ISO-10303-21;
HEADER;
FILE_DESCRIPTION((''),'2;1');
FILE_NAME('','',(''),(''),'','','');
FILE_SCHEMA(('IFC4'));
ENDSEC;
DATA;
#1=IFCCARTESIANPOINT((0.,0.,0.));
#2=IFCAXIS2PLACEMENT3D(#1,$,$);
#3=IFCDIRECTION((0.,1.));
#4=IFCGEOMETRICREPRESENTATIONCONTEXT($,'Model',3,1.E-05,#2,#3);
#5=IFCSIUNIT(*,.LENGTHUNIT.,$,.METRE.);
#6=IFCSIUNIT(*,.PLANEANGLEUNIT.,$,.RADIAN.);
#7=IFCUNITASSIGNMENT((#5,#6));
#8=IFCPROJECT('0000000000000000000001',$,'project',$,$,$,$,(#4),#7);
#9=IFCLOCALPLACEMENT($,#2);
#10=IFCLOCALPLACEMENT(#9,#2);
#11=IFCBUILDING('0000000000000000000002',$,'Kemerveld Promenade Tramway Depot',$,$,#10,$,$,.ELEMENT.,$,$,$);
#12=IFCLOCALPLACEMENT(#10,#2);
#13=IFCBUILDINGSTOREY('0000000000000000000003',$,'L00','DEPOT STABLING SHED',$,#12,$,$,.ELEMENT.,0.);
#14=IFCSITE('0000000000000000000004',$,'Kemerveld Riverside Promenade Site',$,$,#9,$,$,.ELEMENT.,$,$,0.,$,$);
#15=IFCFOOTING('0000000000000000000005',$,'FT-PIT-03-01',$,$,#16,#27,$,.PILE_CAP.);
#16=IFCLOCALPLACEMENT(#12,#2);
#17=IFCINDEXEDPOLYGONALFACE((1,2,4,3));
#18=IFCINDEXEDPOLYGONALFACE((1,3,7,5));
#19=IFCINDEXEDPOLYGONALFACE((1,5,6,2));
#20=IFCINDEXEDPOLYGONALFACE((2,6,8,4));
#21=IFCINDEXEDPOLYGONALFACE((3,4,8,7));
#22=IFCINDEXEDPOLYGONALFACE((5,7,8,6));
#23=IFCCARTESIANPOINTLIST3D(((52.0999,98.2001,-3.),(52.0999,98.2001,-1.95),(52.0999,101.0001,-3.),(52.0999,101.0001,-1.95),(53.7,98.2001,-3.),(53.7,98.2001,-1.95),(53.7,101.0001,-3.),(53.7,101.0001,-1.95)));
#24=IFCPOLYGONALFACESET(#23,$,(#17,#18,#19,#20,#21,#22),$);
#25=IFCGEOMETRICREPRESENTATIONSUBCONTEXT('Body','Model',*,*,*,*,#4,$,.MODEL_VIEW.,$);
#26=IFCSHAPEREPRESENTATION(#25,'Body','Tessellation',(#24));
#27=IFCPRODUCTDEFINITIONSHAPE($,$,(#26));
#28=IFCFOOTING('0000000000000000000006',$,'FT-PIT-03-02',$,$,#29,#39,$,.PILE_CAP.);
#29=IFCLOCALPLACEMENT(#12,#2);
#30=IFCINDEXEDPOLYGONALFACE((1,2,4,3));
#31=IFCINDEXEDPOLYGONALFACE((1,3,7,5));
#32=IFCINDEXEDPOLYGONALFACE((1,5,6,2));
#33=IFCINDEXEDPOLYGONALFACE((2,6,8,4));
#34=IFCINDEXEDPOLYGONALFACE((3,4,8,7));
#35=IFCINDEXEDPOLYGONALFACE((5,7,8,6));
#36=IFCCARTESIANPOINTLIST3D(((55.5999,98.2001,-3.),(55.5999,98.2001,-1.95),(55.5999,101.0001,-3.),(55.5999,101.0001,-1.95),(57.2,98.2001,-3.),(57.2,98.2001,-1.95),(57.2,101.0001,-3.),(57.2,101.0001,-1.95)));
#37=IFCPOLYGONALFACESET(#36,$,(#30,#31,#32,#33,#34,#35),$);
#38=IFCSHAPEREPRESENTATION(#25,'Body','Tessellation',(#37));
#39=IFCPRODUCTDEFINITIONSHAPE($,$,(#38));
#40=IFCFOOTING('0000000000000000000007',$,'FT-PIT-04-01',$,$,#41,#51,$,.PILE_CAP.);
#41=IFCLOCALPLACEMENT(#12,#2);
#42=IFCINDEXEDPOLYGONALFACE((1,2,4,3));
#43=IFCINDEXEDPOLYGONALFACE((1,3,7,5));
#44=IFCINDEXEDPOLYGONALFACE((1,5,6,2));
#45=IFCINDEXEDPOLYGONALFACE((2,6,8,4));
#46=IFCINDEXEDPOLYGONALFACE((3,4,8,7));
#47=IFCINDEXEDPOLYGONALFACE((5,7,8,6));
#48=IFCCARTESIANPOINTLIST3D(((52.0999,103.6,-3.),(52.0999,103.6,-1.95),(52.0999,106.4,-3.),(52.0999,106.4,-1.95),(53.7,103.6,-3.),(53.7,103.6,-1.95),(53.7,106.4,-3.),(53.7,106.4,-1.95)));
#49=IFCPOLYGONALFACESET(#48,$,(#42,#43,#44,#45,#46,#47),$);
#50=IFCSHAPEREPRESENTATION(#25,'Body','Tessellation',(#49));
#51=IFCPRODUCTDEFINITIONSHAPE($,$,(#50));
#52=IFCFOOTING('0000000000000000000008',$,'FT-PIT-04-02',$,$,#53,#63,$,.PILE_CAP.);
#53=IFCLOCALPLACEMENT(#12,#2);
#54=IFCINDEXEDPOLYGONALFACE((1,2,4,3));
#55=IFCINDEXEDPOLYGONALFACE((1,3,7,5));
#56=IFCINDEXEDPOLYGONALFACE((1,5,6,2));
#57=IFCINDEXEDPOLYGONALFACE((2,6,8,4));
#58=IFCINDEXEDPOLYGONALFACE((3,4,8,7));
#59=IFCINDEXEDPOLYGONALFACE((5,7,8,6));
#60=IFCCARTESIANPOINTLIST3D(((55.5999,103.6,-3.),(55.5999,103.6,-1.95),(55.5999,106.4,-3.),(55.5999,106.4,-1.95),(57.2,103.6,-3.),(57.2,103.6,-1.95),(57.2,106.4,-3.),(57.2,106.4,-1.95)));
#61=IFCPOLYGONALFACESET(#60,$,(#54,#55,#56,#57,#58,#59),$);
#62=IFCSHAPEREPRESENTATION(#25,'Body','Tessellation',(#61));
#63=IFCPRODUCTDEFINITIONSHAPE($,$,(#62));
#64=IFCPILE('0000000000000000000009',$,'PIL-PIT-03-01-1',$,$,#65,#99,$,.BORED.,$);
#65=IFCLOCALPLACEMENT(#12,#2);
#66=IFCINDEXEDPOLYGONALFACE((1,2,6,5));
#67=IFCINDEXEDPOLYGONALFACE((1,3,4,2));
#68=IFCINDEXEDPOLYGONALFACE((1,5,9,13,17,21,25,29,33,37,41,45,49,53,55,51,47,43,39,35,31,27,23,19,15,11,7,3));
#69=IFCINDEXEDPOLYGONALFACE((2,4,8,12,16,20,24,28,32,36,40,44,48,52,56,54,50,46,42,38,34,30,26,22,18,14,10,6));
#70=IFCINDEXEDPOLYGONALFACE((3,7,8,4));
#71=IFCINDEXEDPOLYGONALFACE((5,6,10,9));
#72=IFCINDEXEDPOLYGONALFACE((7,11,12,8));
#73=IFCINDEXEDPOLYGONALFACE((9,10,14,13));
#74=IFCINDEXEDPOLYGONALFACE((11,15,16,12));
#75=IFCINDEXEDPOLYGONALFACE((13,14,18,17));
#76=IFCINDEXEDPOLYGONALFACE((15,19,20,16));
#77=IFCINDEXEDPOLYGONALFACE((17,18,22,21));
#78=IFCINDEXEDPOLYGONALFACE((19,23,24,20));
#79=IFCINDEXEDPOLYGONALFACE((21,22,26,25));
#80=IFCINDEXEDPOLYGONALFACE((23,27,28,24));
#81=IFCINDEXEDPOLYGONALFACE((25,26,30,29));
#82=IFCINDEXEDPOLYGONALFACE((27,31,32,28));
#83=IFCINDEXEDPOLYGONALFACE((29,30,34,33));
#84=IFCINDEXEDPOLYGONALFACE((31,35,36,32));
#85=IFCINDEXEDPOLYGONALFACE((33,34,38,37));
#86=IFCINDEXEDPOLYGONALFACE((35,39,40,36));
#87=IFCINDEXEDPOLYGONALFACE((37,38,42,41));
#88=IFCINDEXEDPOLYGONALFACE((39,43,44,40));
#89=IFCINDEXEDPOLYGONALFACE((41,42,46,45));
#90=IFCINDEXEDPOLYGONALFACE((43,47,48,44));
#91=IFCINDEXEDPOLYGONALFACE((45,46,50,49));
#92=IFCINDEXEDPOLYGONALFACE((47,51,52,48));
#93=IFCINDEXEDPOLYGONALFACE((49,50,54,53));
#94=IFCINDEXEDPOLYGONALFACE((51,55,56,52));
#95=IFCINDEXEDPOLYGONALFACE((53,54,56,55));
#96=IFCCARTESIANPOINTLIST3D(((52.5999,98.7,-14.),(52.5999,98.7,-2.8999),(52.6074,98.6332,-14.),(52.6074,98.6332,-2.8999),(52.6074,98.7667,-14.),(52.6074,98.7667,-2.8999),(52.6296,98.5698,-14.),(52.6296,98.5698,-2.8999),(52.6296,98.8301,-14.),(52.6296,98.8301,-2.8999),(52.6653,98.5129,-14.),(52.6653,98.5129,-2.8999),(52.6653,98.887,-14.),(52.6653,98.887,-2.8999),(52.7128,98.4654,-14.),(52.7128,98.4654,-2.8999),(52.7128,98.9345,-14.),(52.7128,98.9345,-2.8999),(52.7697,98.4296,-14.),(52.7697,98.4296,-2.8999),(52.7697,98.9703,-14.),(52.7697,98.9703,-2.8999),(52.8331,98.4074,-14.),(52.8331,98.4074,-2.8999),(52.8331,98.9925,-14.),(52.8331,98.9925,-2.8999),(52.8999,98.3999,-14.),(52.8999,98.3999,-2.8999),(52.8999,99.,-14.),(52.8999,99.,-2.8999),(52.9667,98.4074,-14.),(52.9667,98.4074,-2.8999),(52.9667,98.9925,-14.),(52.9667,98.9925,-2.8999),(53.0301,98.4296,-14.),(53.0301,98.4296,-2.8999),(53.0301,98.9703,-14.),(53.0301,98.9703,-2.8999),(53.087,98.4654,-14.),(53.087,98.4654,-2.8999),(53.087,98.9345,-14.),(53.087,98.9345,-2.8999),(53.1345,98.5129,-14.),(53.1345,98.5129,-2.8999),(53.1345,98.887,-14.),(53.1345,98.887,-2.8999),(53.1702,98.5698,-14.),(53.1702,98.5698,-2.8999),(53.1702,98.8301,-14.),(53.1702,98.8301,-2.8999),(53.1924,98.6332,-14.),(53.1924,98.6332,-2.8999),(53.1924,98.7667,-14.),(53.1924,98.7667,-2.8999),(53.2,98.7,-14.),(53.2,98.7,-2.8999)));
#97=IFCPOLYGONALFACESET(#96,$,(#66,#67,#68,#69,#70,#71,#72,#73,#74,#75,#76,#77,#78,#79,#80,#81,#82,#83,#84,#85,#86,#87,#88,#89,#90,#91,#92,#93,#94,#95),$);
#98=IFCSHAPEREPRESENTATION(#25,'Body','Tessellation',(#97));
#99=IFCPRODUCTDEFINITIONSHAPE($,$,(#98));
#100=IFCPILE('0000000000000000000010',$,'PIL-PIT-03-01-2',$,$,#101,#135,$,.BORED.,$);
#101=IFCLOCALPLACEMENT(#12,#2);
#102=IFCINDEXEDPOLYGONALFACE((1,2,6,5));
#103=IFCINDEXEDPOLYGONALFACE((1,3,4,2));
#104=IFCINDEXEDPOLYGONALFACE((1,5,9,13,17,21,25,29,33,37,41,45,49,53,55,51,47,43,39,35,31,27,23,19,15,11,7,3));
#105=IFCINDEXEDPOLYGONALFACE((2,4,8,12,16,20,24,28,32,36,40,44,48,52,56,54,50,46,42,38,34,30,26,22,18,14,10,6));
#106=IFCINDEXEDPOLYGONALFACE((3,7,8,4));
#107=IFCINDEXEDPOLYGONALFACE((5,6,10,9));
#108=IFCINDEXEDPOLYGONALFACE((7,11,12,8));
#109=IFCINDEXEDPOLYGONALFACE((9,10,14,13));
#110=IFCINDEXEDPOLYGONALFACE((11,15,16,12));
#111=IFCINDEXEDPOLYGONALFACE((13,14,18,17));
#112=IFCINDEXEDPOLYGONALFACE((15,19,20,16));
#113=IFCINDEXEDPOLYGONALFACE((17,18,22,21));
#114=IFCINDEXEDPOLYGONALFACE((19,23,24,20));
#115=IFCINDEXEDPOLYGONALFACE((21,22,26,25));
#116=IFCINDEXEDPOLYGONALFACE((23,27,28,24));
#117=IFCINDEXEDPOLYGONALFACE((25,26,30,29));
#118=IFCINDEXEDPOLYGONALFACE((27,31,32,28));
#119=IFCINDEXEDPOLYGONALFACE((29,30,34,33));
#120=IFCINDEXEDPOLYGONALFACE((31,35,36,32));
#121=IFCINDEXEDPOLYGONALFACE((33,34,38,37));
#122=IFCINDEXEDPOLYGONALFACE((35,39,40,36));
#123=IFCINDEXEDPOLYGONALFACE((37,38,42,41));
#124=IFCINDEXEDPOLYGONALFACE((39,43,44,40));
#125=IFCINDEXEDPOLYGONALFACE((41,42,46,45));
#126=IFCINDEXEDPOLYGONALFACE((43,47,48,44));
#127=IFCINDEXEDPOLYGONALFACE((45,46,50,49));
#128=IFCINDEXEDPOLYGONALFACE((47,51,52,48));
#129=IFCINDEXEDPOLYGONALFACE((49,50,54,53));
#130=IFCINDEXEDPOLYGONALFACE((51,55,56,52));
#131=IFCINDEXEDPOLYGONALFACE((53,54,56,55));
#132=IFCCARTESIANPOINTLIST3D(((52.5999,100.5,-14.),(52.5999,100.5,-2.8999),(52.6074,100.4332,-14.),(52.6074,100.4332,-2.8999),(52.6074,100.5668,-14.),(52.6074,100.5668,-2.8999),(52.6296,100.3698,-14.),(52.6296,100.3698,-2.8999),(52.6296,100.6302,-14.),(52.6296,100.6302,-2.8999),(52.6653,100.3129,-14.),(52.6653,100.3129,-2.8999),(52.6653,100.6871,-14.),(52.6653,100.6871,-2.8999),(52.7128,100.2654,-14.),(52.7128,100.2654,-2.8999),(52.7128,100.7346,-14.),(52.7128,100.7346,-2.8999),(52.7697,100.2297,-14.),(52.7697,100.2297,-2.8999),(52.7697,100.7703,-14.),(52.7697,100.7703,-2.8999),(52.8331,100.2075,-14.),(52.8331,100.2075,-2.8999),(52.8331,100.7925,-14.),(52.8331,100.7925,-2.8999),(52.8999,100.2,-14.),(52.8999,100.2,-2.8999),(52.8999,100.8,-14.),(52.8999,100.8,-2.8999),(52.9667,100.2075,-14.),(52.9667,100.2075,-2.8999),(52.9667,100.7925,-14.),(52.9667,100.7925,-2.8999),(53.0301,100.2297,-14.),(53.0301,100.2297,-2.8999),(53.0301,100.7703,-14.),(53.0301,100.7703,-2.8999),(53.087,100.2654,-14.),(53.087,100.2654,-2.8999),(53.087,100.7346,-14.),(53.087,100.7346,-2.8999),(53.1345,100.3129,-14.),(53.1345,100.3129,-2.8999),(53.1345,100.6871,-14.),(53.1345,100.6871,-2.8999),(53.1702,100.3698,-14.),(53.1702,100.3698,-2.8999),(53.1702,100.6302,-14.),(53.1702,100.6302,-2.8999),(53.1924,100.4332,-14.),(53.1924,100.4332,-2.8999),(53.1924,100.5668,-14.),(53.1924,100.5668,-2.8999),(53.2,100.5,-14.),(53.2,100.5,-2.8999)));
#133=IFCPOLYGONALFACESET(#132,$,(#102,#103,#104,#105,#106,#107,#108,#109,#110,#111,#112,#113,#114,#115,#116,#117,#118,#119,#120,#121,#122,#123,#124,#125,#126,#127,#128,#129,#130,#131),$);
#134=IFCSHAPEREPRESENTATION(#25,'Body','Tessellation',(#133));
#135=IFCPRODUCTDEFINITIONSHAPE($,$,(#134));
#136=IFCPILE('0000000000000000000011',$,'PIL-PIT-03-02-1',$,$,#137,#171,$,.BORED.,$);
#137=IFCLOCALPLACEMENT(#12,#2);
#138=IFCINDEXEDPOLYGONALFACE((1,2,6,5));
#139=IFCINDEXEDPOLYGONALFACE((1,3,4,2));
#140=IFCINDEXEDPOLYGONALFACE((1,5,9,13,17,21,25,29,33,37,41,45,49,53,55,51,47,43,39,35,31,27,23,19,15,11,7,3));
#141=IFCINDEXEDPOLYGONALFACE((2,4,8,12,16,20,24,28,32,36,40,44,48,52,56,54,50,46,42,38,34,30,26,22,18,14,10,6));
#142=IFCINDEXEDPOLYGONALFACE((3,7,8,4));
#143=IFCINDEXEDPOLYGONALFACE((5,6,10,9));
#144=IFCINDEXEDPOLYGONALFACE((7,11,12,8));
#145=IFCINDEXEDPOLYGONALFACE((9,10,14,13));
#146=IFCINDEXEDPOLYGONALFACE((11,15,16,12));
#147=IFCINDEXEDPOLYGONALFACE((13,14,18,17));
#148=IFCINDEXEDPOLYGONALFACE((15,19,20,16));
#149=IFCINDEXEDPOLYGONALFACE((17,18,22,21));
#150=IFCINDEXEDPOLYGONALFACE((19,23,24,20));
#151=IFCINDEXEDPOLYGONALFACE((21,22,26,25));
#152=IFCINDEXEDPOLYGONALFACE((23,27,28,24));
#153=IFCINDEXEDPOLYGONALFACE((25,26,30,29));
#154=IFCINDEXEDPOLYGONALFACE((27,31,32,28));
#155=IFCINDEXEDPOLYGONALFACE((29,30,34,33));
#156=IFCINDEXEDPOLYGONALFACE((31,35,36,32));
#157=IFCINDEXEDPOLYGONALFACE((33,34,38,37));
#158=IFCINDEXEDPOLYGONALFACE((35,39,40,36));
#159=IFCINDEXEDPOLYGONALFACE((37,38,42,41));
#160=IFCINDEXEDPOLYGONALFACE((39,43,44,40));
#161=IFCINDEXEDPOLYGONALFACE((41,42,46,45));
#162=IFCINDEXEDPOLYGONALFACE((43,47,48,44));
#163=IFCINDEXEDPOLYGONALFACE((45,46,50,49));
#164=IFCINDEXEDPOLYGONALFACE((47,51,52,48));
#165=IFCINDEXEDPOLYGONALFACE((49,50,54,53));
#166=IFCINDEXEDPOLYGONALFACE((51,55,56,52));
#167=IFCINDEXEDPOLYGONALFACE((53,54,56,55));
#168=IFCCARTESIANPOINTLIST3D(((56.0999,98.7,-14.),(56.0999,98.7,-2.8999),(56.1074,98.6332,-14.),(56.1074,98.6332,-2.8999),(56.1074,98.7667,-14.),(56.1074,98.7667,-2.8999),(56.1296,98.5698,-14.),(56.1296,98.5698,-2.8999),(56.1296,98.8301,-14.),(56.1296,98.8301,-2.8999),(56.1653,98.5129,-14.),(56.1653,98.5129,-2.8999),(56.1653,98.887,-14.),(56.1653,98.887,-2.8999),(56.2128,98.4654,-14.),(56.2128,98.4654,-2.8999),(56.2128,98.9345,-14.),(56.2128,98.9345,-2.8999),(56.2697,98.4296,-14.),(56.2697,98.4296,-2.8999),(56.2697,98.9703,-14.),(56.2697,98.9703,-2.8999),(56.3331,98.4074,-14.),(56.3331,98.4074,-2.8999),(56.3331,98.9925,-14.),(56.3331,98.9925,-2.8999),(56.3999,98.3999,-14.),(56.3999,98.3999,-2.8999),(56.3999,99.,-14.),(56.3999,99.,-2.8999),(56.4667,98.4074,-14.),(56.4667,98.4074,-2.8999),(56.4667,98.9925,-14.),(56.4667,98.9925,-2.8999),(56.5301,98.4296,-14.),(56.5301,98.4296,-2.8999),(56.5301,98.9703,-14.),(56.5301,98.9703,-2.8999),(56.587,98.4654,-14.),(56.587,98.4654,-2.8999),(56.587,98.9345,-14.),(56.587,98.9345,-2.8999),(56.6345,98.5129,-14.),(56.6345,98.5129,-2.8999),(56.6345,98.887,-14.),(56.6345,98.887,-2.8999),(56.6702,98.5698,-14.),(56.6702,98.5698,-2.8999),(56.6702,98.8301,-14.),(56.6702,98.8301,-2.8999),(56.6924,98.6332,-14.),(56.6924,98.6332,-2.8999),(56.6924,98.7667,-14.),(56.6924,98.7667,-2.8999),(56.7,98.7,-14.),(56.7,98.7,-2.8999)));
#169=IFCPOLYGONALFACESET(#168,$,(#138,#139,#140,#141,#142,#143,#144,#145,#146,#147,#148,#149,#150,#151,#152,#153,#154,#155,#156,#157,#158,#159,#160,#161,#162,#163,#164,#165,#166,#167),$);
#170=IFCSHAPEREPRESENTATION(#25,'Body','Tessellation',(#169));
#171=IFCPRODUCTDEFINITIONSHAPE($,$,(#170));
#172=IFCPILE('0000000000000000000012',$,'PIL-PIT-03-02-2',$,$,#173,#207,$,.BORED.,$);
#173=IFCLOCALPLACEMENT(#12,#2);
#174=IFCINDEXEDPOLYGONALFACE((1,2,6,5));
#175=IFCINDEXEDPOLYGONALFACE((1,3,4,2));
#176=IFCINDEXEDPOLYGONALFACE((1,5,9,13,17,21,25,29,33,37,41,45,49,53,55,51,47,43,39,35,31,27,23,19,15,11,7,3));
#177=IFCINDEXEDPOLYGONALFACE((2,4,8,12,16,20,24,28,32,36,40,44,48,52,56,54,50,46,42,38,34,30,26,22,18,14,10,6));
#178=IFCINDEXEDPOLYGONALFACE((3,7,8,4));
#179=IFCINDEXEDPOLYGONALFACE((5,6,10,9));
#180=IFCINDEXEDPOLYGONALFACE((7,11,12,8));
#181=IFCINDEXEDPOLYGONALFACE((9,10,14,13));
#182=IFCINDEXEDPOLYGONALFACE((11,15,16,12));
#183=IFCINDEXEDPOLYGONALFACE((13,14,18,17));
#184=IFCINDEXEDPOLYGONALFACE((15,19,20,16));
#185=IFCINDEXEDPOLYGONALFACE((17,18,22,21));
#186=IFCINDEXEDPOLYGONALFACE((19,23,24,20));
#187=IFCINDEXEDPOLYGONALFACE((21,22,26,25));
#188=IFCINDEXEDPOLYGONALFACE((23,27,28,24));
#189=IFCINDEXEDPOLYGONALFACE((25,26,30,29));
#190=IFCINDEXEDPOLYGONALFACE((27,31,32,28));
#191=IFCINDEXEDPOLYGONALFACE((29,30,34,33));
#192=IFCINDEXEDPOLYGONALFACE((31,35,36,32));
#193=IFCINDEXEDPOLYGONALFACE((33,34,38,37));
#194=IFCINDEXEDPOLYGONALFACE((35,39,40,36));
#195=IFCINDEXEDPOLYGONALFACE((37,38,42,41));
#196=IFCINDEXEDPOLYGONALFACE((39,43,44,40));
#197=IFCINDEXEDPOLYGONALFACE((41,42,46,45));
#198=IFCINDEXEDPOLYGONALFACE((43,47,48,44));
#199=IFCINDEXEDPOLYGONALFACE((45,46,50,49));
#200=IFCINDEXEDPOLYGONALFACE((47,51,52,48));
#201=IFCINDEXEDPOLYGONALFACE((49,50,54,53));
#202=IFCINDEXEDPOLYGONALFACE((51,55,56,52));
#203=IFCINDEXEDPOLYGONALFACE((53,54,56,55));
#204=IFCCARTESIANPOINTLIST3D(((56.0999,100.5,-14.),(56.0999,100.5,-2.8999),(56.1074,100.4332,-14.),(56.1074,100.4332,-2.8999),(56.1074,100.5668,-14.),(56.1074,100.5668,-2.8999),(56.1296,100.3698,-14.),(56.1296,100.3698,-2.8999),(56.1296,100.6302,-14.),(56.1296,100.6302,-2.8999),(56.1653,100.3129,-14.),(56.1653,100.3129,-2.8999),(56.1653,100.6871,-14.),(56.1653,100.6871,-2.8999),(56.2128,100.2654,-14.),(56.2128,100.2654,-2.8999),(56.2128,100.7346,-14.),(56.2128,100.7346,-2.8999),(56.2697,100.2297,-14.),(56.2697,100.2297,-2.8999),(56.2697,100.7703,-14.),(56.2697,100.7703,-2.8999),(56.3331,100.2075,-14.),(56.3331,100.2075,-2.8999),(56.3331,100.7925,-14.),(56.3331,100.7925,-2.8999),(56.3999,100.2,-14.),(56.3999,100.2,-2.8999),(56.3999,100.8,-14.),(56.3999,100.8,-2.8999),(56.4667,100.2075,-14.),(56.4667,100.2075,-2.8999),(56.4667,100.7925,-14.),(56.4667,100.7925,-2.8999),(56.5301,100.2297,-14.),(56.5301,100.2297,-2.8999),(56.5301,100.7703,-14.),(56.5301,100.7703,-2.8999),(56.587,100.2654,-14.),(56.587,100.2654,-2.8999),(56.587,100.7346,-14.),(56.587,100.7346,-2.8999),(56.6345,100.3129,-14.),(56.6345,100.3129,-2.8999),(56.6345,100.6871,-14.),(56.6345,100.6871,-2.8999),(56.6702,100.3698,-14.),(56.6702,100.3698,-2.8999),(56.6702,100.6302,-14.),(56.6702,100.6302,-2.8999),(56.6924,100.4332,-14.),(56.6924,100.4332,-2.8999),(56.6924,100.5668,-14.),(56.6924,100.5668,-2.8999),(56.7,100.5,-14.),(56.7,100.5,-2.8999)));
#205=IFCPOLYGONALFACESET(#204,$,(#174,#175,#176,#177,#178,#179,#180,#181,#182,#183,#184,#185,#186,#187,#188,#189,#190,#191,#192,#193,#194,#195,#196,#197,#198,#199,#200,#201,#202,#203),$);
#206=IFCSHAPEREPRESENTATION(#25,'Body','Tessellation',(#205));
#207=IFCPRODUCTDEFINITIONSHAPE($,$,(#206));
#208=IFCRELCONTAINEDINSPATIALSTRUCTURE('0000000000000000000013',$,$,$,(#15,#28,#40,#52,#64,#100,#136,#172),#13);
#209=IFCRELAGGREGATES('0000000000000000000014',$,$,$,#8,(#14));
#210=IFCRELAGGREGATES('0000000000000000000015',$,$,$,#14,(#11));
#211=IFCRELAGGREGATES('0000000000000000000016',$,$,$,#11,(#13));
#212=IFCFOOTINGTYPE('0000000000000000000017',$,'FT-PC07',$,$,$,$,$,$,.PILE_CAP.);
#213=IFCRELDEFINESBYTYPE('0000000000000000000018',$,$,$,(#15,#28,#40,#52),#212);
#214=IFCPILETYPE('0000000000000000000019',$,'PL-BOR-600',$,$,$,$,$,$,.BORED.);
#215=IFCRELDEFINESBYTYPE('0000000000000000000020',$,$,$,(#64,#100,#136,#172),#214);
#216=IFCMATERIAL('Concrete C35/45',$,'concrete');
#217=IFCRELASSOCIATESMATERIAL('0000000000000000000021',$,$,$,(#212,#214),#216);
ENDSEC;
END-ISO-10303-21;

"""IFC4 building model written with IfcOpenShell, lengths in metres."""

from ifc_helpers import new_model, si_unit, direction, frame, origin, origin_2d, place, context, subcontext, project, spatial, rectangle, circle, extrude, material, material_profile, profile_set, type_object, element, save


model = new_model("IFC4")

# Units and contexts
model_context = context("Model", 3, precision=1e-05, world=origin(), true_north=direction((0.0, 1.0)))
body_context = subcontext(model_context, "Body", "Model", "MODEL_VIEW")
ifc_project = project(units=[si_unit("LENGTHUNIT", "METRE"), si_unit("PLANEANGLEUNIT", "RADIAN")], contexts=[model_context])

# Site, building, storey
site_placement = place(None, origin())
site = spatial("IfcSite", under=ifc_project, at=site_placement, Name="Kemerveld Riverside Promenade Site", CompositionType="ELEMENT", RefElevation=0.0)
building_placement = place(site_placement, origin())
building = spatial("IfcBuilding", under=site, at=building_placement, Name="Kemerveld Promenade Tramway Depot", CompositionType="ELEMENT")
storey_placement = place(building_placement, origin())
storey = spatial("IfcBuildingStorey", under=building, at=storey_placement, Name="L00", Description="DEPOT STABLING SHED", CompositionType="ELEMENT", Elevation=0.0)

# Footings
ifc_material_1 = material(Name="Concrete C35/45", Category="concrete")
footing_type = type_object("IfcFootingType", Name="FT-PC07", PredefinedType="PILE_CAP", material=ifc_material_1)
for number, where, z_axis, x_axis, name in (
    (1, (52.8999, 99.6001, -3.0), (0.0, 0.0, 1.0), (1.0, 0.0, 0.0), "FT-PIT-03-01"),
    (2, (56.3999, 99.6001, -3.0), (0.0, 0.0, 1.0), (1.0, 0.0, 0.0), "FT-PIT-03-02"),
    (3, (52.8999, 105.0, -3.0), (0.0, 0.0, 1.0), (1.0, 0.0, 0.0), "FT-PIT-04-01"),
    (4, (56.3999, 105.0, -3.0), (0.0, 0.0, 1.0), (1.0, 0.0, 0.0), "FT-PIT-04-02"),
):
    element("IfcFooting", number, at=place(storey_placement, frame(where, z_axis=z_axis, x_axis=x_axis)), inside=storey, type_object=footing_type, Name=name, PredefinedType="PILE_CAP", context=body_context, shape_type="SweptSolid", body=[
        extrude(rectangle(XDim=1.6001, YDim=2.8, at=origin_2d()), origin(), (0.0, 0.0, 1.0), 1.05),
    ])

# Piles
ifc_material_profile_1 = material_profile(ifc_material_1, circle(Radius=0.3, at=origin_2d()), Name="PILE-D600")
ifc_profile_set_1 = profile_set([ifc_material_profile_1], Name="Concrete C35/45")
pile_type = type_object("IfcPileType", Name="PL-BOR-600", PredefinedType="BORED", material=ifc_profile_set_1)
for number, where, z_axis, x_axis, name in (
    (5, (52.8999, 98.7, -2.8999), (0.0, 0.0, -1.0), (1.0, 0.0, 0.0), "PIL-PIT-03-01-1"),
    (6, (52.8999, 100.5, -2.8999), (0.0, 0.0, -1.0), (1.0, 0.0, 0.0), "PIL-PIT-03-01-2"),
    (7, (56.3999, 98.7, -2.8999), (0.0, 0.0, -1.0), (1.0, 0.0, 0.0), "PIL-PIT-03-02-1"),
    (8, (56.3999, 100.5, -2.8999), (0.0, 0.0, -1.0), (1.0, 0.0, 0.0), "PIL-PIT-03-02-2"),
):
    element("IfcPile", number, at=place(storey_placement, frame(where, z_axis=z_axis, x_axis=x_axis)), inside=storey, type_object=pile_type, Name=name, PredefinedType="BORED", context=body_context, shape_type="SweptSolid", body=[
        extrude(circle(Radius=0.3, at=origin_2d()), origin(), (0.0, 0.0, 1.0), 11.1001),
    ])

save(model, "model.ifc")
